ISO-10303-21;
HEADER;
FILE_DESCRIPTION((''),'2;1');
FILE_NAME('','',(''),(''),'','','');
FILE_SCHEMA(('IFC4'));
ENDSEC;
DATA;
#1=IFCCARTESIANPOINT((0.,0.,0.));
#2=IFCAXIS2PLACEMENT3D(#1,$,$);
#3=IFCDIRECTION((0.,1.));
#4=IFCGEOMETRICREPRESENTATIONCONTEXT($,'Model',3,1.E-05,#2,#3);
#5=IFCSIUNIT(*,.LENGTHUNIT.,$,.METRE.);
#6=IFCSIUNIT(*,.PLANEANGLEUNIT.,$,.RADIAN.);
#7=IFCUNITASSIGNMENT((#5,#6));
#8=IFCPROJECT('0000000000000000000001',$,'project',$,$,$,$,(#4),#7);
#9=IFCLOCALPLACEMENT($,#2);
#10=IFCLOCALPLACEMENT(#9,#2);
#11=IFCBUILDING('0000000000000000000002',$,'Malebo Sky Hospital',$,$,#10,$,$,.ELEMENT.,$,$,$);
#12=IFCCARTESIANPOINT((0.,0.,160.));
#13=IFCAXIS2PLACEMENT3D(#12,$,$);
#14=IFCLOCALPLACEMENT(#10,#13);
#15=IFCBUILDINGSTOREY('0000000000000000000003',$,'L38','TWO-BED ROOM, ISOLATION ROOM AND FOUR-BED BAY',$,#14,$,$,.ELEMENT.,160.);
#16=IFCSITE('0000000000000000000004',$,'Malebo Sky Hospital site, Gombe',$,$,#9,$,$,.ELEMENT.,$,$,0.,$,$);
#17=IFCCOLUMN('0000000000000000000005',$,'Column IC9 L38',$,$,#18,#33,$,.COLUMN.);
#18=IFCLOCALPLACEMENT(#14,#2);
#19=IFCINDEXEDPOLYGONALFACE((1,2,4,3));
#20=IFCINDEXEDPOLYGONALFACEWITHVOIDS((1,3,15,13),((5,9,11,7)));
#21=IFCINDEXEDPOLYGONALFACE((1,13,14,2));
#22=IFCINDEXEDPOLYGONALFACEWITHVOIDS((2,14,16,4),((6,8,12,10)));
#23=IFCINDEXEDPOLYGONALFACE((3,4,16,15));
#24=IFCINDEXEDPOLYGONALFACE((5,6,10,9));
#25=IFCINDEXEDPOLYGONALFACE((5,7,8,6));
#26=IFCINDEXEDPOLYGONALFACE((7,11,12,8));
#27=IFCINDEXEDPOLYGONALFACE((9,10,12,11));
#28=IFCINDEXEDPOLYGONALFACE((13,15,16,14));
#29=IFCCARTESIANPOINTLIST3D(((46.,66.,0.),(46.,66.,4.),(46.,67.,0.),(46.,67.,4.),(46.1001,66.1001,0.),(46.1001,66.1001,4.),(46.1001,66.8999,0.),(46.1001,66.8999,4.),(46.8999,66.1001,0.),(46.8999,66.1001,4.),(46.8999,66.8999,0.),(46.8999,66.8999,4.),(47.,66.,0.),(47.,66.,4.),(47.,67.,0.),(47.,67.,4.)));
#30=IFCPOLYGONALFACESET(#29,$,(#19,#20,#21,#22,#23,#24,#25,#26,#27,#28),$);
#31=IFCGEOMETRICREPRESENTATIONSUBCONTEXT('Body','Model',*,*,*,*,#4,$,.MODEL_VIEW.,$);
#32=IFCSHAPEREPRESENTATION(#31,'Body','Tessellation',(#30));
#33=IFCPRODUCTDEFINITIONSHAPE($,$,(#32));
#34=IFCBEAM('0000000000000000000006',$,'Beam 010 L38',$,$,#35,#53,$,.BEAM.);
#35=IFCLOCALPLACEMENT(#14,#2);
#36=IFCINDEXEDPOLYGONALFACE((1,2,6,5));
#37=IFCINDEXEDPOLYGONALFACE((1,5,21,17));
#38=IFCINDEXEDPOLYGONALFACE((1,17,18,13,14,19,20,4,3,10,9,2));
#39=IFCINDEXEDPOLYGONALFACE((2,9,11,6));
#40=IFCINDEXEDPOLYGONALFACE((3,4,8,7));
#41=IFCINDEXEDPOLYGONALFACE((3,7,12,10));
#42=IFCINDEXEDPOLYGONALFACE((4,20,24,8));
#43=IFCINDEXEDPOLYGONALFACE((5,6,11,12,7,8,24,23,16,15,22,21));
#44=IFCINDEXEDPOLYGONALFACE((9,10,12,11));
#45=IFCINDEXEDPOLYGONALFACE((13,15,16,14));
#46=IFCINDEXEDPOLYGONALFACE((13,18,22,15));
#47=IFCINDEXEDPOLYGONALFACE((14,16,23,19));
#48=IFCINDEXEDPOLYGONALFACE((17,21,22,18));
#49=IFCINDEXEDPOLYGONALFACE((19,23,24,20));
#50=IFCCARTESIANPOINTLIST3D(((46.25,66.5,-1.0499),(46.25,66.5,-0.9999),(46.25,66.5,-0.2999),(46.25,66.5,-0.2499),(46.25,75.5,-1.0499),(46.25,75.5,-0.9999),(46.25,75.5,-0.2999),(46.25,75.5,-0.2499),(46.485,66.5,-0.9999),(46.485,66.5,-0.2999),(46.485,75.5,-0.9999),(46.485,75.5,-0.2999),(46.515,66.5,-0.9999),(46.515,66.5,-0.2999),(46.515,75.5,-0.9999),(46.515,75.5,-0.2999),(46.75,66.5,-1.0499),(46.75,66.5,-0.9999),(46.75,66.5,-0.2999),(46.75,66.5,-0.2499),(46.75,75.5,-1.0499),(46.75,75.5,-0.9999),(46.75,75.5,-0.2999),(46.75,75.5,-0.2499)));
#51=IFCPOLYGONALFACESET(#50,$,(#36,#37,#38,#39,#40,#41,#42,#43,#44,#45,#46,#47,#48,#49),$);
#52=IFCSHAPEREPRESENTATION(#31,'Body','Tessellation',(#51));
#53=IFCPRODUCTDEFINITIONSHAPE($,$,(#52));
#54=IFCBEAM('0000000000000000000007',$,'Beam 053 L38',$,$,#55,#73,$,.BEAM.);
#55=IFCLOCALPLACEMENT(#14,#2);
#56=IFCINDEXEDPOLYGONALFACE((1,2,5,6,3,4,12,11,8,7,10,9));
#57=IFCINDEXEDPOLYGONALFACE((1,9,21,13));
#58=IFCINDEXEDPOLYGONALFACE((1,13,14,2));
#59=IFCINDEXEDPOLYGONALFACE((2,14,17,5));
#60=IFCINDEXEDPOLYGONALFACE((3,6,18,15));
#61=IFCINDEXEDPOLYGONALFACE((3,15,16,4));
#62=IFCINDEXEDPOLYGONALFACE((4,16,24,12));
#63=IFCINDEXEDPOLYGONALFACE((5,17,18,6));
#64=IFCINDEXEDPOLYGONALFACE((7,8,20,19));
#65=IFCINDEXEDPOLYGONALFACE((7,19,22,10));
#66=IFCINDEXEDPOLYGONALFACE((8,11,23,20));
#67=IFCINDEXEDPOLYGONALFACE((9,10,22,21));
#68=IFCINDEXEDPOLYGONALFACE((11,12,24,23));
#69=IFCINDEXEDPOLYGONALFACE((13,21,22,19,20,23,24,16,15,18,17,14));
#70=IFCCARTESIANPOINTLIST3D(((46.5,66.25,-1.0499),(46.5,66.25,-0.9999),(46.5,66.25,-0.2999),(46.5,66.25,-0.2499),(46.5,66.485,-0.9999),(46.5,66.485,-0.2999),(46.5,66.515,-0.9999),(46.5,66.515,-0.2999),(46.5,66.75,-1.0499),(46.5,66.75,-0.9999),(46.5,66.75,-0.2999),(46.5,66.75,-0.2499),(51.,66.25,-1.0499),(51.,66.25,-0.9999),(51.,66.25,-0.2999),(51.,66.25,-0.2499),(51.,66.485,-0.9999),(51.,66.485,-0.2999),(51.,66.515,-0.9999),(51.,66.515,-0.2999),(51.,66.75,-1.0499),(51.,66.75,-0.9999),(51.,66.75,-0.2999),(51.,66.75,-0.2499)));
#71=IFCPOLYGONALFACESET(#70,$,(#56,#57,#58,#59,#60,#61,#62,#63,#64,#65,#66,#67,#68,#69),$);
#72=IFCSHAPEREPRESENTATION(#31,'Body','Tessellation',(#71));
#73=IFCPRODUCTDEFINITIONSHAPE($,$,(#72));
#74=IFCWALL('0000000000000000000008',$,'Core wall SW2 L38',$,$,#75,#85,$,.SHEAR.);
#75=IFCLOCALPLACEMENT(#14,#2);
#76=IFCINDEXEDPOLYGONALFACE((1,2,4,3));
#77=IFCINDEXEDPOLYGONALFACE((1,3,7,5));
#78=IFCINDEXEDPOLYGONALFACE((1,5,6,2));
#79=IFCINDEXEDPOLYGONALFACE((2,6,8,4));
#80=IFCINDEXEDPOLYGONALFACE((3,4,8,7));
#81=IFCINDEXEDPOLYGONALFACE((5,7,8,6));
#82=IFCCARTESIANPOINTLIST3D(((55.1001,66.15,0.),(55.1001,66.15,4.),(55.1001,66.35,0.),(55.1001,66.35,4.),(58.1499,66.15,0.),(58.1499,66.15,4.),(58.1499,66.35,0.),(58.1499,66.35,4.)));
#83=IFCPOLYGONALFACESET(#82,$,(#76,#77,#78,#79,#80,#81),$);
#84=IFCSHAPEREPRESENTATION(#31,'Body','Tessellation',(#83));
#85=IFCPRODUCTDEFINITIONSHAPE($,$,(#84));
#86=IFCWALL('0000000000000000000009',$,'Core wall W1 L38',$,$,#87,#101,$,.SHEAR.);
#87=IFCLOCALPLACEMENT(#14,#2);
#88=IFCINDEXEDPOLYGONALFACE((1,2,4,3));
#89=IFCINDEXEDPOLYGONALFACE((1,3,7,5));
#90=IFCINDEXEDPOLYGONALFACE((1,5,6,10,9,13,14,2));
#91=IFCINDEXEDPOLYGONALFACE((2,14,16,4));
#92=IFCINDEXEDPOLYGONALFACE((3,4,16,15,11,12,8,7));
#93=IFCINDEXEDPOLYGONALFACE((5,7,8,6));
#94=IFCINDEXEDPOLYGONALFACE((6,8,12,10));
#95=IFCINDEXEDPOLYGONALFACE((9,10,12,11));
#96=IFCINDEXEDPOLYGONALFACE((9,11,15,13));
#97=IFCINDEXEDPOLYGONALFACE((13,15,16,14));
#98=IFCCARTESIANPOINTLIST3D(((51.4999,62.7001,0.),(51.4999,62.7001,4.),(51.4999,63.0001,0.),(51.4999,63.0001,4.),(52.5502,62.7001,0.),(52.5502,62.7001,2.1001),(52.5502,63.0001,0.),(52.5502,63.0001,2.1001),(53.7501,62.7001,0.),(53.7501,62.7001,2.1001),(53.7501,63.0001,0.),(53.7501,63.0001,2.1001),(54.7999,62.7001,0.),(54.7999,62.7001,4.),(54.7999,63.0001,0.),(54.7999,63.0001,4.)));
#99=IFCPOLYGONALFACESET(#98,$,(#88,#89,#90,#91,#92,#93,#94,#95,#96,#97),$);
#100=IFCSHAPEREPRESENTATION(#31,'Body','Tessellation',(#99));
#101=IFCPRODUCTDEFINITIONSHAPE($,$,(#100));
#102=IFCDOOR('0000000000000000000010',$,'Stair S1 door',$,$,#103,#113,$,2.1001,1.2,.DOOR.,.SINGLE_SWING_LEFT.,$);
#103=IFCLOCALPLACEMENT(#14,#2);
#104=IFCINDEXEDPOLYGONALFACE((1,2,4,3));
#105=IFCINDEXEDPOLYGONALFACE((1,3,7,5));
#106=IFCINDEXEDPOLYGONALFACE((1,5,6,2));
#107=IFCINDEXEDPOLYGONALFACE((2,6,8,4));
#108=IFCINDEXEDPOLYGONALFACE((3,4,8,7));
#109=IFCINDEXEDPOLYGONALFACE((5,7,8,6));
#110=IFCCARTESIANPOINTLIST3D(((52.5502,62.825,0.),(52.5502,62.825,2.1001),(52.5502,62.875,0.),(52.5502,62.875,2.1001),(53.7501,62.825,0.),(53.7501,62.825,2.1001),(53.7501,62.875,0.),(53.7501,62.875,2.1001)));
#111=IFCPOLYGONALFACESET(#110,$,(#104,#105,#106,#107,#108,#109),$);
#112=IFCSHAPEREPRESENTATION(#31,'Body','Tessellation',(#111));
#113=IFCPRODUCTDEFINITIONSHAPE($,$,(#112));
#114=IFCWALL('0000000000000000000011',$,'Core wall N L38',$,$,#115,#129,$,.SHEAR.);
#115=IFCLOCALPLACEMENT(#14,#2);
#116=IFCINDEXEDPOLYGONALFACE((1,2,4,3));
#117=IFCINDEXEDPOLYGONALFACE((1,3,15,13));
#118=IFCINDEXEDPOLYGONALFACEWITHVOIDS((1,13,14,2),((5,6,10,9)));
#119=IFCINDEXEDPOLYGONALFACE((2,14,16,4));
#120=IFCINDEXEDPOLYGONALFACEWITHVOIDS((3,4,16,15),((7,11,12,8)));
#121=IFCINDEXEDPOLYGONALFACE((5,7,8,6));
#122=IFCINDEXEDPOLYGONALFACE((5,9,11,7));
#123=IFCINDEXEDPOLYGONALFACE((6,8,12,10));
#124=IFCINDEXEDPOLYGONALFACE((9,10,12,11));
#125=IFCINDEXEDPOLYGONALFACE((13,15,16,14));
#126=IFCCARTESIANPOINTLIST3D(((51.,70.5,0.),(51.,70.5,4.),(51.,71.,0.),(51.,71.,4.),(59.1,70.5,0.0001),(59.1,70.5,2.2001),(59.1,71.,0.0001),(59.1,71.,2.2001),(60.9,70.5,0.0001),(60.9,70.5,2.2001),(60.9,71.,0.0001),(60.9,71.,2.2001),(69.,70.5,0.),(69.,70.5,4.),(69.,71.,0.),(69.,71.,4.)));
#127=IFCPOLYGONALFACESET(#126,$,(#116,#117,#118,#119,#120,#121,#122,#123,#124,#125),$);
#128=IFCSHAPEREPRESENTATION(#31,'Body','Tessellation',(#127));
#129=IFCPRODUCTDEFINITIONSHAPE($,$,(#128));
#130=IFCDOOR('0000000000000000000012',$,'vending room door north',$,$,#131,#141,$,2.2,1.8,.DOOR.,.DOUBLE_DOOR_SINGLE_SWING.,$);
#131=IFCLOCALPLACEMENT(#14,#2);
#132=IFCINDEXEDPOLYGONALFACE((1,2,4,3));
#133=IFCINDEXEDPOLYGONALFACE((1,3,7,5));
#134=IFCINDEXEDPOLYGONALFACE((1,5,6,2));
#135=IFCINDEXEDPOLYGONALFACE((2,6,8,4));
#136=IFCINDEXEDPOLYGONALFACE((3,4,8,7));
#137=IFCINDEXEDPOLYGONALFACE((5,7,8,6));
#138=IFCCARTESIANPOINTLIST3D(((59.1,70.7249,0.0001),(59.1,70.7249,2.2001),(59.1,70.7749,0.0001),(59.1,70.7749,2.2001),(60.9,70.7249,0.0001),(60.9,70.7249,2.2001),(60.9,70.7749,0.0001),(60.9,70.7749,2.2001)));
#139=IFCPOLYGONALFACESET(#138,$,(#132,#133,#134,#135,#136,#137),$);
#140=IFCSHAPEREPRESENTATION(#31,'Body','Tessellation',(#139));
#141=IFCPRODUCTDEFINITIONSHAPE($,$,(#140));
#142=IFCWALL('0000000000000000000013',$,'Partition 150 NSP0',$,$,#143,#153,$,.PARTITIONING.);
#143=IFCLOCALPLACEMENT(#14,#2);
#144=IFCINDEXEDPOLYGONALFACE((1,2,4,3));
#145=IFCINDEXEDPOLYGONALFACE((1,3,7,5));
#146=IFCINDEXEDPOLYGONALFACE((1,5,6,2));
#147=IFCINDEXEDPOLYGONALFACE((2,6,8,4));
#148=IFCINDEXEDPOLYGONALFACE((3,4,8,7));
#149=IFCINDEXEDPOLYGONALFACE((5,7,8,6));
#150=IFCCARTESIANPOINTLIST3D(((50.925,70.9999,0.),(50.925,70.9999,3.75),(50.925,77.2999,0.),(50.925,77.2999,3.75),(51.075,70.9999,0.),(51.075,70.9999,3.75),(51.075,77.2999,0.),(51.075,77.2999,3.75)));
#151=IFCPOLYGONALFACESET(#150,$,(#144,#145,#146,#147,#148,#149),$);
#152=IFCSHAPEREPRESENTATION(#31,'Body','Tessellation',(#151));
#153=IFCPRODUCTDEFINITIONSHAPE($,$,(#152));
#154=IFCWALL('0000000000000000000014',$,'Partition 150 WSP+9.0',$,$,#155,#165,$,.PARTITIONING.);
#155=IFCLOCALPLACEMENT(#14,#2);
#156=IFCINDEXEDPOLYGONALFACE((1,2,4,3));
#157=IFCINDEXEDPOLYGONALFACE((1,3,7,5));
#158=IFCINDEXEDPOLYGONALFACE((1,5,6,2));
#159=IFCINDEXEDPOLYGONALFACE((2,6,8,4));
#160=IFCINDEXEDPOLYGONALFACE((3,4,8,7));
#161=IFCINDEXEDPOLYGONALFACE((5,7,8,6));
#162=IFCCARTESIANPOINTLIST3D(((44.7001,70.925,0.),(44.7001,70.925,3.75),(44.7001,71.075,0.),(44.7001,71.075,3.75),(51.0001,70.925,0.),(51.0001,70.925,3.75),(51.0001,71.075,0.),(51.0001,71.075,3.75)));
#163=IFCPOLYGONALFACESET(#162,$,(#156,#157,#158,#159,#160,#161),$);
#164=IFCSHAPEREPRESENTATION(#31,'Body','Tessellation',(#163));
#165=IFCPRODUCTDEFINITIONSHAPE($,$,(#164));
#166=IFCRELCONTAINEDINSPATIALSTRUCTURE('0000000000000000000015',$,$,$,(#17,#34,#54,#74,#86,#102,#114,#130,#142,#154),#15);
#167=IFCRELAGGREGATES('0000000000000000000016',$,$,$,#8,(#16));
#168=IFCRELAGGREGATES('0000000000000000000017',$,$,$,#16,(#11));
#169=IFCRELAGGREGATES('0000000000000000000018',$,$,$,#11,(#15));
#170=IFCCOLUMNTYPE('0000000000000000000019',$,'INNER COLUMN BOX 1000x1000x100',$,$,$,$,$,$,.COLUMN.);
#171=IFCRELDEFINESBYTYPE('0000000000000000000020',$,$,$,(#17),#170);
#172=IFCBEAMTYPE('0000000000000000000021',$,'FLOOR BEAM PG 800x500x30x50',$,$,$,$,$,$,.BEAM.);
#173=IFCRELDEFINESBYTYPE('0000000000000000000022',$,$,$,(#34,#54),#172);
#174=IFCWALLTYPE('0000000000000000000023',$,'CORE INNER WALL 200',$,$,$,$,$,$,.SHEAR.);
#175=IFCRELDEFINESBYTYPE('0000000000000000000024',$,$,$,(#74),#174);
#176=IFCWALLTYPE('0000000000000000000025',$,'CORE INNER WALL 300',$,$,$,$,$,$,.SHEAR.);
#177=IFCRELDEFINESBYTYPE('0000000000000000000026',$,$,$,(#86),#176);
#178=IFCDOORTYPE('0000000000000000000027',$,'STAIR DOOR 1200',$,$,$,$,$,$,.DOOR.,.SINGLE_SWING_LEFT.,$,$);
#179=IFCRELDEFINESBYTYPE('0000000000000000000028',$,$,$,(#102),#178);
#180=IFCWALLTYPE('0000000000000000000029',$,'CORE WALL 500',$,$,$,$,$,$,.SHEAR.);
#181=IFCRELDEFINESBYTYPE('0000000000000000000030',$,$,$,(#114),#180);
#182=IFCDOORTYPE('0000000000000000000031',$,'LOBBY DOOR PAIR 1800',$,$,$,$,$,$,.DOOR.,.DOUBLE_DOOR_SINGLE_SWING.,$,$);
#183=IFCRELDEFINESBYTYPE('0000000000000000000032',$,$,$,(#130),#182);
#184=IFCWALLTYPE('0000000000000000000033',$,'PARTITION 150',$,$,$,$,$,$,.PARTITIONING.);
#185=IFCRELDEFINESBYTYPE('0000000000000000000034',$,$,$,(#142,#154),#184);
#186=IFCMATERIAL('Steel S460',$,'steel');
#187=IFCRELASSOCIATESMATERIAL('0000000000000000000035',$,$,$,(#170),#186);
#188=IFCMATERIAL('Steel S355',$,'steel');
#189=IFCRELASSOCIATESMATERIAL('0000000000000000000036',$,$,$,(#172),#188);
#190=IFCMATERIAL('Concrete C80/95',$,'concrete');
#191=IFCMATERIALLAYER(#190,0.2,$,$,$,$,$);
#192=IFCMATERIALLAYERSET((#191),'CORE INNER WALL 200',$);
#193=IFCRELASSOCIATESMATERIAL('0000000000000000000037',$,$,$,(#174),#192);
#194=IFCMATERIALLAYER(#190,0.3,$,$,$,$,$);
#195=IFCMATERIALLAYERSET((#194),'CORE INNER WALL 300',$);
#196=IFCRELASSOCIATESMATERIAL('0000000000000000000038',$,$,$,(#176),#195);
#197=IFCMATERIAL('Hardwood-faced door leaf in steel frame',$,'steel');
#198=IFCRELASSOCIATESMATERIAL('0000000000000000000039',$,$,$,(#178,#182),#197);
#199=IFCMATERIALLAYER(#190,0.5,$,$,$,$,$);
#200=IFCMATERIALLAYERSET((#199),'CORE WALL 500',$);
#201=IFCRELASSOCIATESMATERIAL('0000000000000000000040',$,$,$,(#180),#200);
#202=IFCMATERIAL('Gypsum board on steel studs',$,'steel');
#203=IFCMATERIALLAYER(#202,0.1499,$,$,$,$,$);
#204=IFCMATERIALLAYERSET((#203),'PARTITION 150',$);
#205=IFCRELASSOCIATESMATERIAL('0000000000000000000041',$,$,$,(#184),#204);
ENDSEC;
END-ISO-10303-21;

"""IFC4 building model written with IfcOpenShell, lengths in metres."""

from ifc_helpers import new_model, si_unit, direction, frame, frame_2d, origin, origin_2d, place, context, subcontext, project, spatial, rectangle, hollow_rectangle, i_section, extrude, material, layer, layer_set, material_profile, profile_set, type_object, element, fill, save


model = new_model("IFC4")

# Units and contexts
model_context = context("Model", 3, precision=1e-05, world=origin(), true_north=direction((0.0, 1.0)))
body_context = subcontext(model_context, "Body", "Model", "MODEL_VIEW")
ifc_project = project(units=[si_unit("LENGTHUNIT", "METRE"), si_unit("PLANEANGLEUNIT", "RADIAN")], contexts=[model_context])

# Site, building, storey
site_placement = place(None, origin())
site = spatial("IfcSite", under=ifc_project, at=site_placement, Name="Malebo Sky Hospital site, Gombe", CompositionType="ELEMENT", RefElevation=0.0)
building_placement = place(site_placement, origin())
building = spatial("IfcBuilding", under=site, at=building_placement, Name="Malebo Sky Hospital", CompositionType="ELEMENT")
storey_placement = place(building_placement, frame((0.0, 0.0, 160.0)))
storey = spatial("IfcBuildingStorey", under=building, at=storey_placement, Name="L38", Description="TWO-BED ROOM, ISOLATION ROOM AND FOUR-BED BAY", CompositionType="ELEMENT", Elevation=160.0)

# Column
ifc_material_1 = material(Name="Steel S460", Category="steel")
ifc_material_profile_1 = material_profile(ifc_material_1, hollow_rectangle(XDim=1.0, YDim=1.0, WallThickness=0.1001, at=origin_2d()), Name="BOX 1000x1000x100")
ifc_profile_set_1 = profile_set([ifc_material_profile_1], Name="Steel S460")
column_type = type_object("IfcColumnType", Name="INNER COLUMN BOX 1000x1000x100", PredefinedType="COLUMN", material=ifc_profile_set_1)
column_placement = place(storey_placement, frame((46.5, 66.5, 0.0), z_axis=(0.0, 0.0, 1.0), x_axis=(1.0, 0.0, 0.0)))
element("IfcColumn", 1, at=column_placement, inside=storey, type_object=column_type, Name="Column IC9 L38", PredefinedType="COLUMN", context=body_context, shape_type="SweptSolid", body=[
    extrude(hollow_rectangle(XDim=1.0, YDim=1.0, WallThickness=0.1001, at=origin_2d()), origin(), (0.0, 0.0, 1.0), 4.0),
])

# Beams
ifc_material_2 = material(Name="Steel S355", Category="steel")
ifc_material_profile_2 = material_profile(ifc_material_2, i_section(OverallWidth=0.5, OverallDepth=0.8, WebThickness=0.03, FlangeThickness=0.05, at=origin_2d()), Name="PG 800x500x30x50")
ifc_profile_set_2 = profile_set([ifc_material_profile_2], Name="Steel S355")
beam_type = type_object("IfcBeamType", Name="FLOOR BEAM PG 800x500x30x50", PredefinedType="BEAM", material=ifc_profile_set_2)
beam_1_placement = place(storey_placement, frame((46.5, 66.5, -0.6499), z_axis=(0.0, 1.0, 0.0), x_axis=(-1.0, 0.0, 0.0)))
element("IfcBeam", 2, at=beam_1_placement, inside=storey, type_object=beam_type, Name="Beam 010 L38", PredefinedType="BEAM", context=body_context, shape_type="SweptSolid", body=[
    extrude(i_section(OverallWidth=0.5, OverallDepth=0.8, WebThickness=0.03, FlangeThickness=0.05, at=origin_2d()), origin(), (0.0, 0.0, 1.0), 9.0),
])
beam_2_placement = place(storey_placement, frame((46.5, 66.5, -0.6499), z_axis=(1.0, 0.0, 0.0), x_axis=(0.0, 1.0, 0.0)))
element("IfcBeam", 3, at=beam_2_placement, inside=storey, type_object=beam_type, Name="Beam 053 L38", PredefinedType="BEAM", context=body_context, shape_type="SweptSolid", body=[
    extrude(i_section(OverallWidth=0.5, OverallDepth=0.8, WebThickness=0.03, FlangeThickness=0.05, at=origin_2d()), origin(), (0.0, 0.0, 1.0), 4.5),
])

# Wall
ifc_material_3 = material(Name="Concrete C80/95", Category="concrete")
ifc_layer_1 = layer(ifc_material_3, 0.2)
ifc_layer_set_1 = layer_set([ifc_layer_1], Name="CORE INNER WALL 200")
wall_type_1 = type_object("IfcWallType", Name="CORE INNER WALL 200", PredefinedType="SHEAR", material=ifc_layer_set_1)
wall_1_placement = place(storey_placement, frame((55.1001, 66.25, 0.0), z_axis=(0.0, 0.0, 1.0), x_axis=(1.0, 0.0, 0.0)))
element("IfcWall", 4, at=wall_1_placement, inside=storey, type_object=wall_type_1, Name="Core wall SW2 L38", PredefinedType="SHEAR", context=body_context, shape_type="SweptSolid", body=[
    extrude(rectangle(XDim=3.0498, YDim=0.2, at=frame_2d((1.5249, 0.0))), origin(), (0.0, 0.0, 1.0), 4.0),
])

# Walls, openings, doors
ifc_layer_2 = layer(ifc_material_3, 0.3)
ifc_layer_set_2 = layer_set([ifc_layer_2], Name="CORE INNER WALL 300")
wall_type_2 = type_object("IfcWallType", Name="CORE INNER WALL 300", PredefinedType="SHEAR", material=ifc_layer_set_2)
wall_2_placement = place(storey_placement, frame((51.5, 62.8501, 0.0), z_axis=(0.0, 0.0, 1.0), x_axis=(1.0, 0.0, 0.0)))
wall_2 = element("IfcWall", 5, at=wall_2_placement, inside=storey, type_object=wall_type_2, Name="Core wall W1 L38", PredefinedType="SHEAR", context=body_context, shape_type="SweptSolid", body=[
    extrude(rectangle(XDim=3.3, YDim=0.3, at=frame_2d((1.6499, 0.0))), origin(), (0.0, 0.0, 1.0), 4.0),
])
opening_1_placement = place(wall_2_placement, frame((1.05, 0.0, 0.0)))
opening_1 = element("IfcOpeningElement", 6, at=opening_1_placement, cuts=wall_2, PredefinedType="OPENING", context=body_context, shape_type="SweptSolid", body=[
    extrude(rectangle(XDim=1.2, YDim=2.1001, at=frame_2d((0.6001, 1.05))), frame((0.0, 0.1599, 0.0), z_axis=(0.0, -1.0, 0.0), x_axis=(1.0, 0.0, 0.0)), (0.0, 0.0, 1.0), 0.3201),
])
ifc_material_4 = material(Name="Hardwood-faced door leaf in steel frame", Category="steel")
door_type_1 = type_object("IfcDoorType", Name="STAIR DOOR 1200", OperationType="SINGLE_SWING_LEFT", PredefinedType="DOOR", material=ifc_material_4)
door_1_placement = place(opening_1_placement, origin())
door_1 = element("IfcDoor", 7, at=door_1_placement, inside=storey, type_object=door_type_1, Name="Stair S1 door", OperationType="SINGLE_SWING_LEFT", OverallHeight=2.1001, OverallWidth=1.2, PredefinedType="DOOR", context=body_context, shape_type="SweptSolid", body=[
    extrude(rectangle(XDim=1.2, YDim=2.1001, at=frame_2d((0.6001, 1.05))), frame((0.0, 0.0249, 0.0), z_axis=(0.0, -1.0, 0.0), x_axis=(1.0, 0.0, 0.0)), (0.0, 0.0, 1.0), 0.05),
])
fill(opening_1, door_1)
ifc_layer_3 = layer(ifc_material_3, 0.5)
ifc_layer_set_3 = layer_set([ifc_layer_3], Name="CORE WALL 500")
wall_type_3 = type_object("IfcWallType", Name="CORE WALL 500", PredefinedType="SHEAR", material=ifc_layer_set_3)
wall_3_placement = place(storey_placement, frame((51.0, 70.75, 0.0), z_axis=(0.0, 0.0, 1.0), x_axis=(1.0, 0.0, 0.0)))
wall_3 = element("IfcWall", 8, at=wall_3_placement, inside=storey, type_object=wall_type_3, Name="Core wall N L38", PredefinedType="SHEAR", context=body_context, shape_type="SweptSolid", body=[
    extrude(rectangle(XDim=18.0, YDim=0.5, at=frame_2d((9.0, 0.0))), origin(), (0.0, 0.0, 1.0), 4.0),
])
opening_2_placement = place(wall_3_placement, frame((8.1001, 0.0, 0.0)))
opening_2 = element("IfcOpeningElement", 9, at=opening_2_placement, cuts=wall_3, PredefinedType="OPENING", context=body_context, shape_type="SweptSolid", body=[
    extrude(rectangle(XDim=1.8, YDim=2.2, at=frame_2d((0.8999, 1.1001))), frame((0.0, 0.26, 0.0), z_axis=(0.0, -1.0, 0.0), x_axis=(1.0, 0.0, 0.0)), (0.0, 0.0, 1.0), 0.52),
])
door_type_2 = type_object("IfcDoorType", Name="LOBBY DOOR PAIR 1800", OperationType="DOUBLE_DOOR_SINGLE_SWING", PredefinedType="DOOR", material=ifc_material_4)
door_2_placement = place(opening_2_placement, origin())
door_2 = element("IfcDoor", 10, at=door_2_placement, inside=storey, type_object=door_type_2, Name="vending room door north", OperationType="DOUBLE_DOOR_SINGLE_SWING", OverallHeight=2.2, OverallWidth=1.8, PredefinedType="DOOR", context=body_context, shape_type="SweptSolid", body=[
    extrude(rectangle(XDim=1.8, YDim=2.2, at=frame_2d((0.8999, 1.1001))), frame((0.0, 0.0249, 0.0), z_axis=(0.0, -1.0, 0.0), x_axis=(1.0, 0.0, 0.0)), (0.0, 0.0, 1.0), 0.05),
])
fill(opening_2, door_2)

# Walls
ifc_material_5 = material(Name="Gypsum board on steel studs", Category="steel")
ifc_layer_4 = layer(ifc_material_5, 0.1499)
ifc_layer_set_4 = layer_set([ifc_layer_4], Name="PARTITION 150")
wall_type_4 = type_object("IfcWallType", Name="PARTITION 150", PredefinedType="PARTITIONING", material=ifc_layer_set_4)
for number, where, z_axis, x_axis, name in (
    (11, (51.0, 71.0, 0.0), (0.0, 0.0, 1.0), (0.0, 1.0, 0.0), "Partition 150 NSP0"),
    (12, (51.0, 71.0, 0.0), (0.0, 0.0, 1.0), (-1.0, 0.0, 0.0), "Partition 150 WSP+9.0"),
):
    element("IfcWall", number, at=place(storey_placement, frame(where, z_axis=z_axis, x_axis=x_axis)), inside=storey, type_object=wall_type_4, Name=name, PredefinedType="PARTITIONING", context=body_context, shape_type="SweptSolid", body=[
        extrude(rectangle(XDim=6.3, YDim=0.1499, at=frame_2d((3.1499, 0.0))), origin(), (0.0, 0.0, 1.0), 3.75),
    ])

save(model, "model.ifc")
